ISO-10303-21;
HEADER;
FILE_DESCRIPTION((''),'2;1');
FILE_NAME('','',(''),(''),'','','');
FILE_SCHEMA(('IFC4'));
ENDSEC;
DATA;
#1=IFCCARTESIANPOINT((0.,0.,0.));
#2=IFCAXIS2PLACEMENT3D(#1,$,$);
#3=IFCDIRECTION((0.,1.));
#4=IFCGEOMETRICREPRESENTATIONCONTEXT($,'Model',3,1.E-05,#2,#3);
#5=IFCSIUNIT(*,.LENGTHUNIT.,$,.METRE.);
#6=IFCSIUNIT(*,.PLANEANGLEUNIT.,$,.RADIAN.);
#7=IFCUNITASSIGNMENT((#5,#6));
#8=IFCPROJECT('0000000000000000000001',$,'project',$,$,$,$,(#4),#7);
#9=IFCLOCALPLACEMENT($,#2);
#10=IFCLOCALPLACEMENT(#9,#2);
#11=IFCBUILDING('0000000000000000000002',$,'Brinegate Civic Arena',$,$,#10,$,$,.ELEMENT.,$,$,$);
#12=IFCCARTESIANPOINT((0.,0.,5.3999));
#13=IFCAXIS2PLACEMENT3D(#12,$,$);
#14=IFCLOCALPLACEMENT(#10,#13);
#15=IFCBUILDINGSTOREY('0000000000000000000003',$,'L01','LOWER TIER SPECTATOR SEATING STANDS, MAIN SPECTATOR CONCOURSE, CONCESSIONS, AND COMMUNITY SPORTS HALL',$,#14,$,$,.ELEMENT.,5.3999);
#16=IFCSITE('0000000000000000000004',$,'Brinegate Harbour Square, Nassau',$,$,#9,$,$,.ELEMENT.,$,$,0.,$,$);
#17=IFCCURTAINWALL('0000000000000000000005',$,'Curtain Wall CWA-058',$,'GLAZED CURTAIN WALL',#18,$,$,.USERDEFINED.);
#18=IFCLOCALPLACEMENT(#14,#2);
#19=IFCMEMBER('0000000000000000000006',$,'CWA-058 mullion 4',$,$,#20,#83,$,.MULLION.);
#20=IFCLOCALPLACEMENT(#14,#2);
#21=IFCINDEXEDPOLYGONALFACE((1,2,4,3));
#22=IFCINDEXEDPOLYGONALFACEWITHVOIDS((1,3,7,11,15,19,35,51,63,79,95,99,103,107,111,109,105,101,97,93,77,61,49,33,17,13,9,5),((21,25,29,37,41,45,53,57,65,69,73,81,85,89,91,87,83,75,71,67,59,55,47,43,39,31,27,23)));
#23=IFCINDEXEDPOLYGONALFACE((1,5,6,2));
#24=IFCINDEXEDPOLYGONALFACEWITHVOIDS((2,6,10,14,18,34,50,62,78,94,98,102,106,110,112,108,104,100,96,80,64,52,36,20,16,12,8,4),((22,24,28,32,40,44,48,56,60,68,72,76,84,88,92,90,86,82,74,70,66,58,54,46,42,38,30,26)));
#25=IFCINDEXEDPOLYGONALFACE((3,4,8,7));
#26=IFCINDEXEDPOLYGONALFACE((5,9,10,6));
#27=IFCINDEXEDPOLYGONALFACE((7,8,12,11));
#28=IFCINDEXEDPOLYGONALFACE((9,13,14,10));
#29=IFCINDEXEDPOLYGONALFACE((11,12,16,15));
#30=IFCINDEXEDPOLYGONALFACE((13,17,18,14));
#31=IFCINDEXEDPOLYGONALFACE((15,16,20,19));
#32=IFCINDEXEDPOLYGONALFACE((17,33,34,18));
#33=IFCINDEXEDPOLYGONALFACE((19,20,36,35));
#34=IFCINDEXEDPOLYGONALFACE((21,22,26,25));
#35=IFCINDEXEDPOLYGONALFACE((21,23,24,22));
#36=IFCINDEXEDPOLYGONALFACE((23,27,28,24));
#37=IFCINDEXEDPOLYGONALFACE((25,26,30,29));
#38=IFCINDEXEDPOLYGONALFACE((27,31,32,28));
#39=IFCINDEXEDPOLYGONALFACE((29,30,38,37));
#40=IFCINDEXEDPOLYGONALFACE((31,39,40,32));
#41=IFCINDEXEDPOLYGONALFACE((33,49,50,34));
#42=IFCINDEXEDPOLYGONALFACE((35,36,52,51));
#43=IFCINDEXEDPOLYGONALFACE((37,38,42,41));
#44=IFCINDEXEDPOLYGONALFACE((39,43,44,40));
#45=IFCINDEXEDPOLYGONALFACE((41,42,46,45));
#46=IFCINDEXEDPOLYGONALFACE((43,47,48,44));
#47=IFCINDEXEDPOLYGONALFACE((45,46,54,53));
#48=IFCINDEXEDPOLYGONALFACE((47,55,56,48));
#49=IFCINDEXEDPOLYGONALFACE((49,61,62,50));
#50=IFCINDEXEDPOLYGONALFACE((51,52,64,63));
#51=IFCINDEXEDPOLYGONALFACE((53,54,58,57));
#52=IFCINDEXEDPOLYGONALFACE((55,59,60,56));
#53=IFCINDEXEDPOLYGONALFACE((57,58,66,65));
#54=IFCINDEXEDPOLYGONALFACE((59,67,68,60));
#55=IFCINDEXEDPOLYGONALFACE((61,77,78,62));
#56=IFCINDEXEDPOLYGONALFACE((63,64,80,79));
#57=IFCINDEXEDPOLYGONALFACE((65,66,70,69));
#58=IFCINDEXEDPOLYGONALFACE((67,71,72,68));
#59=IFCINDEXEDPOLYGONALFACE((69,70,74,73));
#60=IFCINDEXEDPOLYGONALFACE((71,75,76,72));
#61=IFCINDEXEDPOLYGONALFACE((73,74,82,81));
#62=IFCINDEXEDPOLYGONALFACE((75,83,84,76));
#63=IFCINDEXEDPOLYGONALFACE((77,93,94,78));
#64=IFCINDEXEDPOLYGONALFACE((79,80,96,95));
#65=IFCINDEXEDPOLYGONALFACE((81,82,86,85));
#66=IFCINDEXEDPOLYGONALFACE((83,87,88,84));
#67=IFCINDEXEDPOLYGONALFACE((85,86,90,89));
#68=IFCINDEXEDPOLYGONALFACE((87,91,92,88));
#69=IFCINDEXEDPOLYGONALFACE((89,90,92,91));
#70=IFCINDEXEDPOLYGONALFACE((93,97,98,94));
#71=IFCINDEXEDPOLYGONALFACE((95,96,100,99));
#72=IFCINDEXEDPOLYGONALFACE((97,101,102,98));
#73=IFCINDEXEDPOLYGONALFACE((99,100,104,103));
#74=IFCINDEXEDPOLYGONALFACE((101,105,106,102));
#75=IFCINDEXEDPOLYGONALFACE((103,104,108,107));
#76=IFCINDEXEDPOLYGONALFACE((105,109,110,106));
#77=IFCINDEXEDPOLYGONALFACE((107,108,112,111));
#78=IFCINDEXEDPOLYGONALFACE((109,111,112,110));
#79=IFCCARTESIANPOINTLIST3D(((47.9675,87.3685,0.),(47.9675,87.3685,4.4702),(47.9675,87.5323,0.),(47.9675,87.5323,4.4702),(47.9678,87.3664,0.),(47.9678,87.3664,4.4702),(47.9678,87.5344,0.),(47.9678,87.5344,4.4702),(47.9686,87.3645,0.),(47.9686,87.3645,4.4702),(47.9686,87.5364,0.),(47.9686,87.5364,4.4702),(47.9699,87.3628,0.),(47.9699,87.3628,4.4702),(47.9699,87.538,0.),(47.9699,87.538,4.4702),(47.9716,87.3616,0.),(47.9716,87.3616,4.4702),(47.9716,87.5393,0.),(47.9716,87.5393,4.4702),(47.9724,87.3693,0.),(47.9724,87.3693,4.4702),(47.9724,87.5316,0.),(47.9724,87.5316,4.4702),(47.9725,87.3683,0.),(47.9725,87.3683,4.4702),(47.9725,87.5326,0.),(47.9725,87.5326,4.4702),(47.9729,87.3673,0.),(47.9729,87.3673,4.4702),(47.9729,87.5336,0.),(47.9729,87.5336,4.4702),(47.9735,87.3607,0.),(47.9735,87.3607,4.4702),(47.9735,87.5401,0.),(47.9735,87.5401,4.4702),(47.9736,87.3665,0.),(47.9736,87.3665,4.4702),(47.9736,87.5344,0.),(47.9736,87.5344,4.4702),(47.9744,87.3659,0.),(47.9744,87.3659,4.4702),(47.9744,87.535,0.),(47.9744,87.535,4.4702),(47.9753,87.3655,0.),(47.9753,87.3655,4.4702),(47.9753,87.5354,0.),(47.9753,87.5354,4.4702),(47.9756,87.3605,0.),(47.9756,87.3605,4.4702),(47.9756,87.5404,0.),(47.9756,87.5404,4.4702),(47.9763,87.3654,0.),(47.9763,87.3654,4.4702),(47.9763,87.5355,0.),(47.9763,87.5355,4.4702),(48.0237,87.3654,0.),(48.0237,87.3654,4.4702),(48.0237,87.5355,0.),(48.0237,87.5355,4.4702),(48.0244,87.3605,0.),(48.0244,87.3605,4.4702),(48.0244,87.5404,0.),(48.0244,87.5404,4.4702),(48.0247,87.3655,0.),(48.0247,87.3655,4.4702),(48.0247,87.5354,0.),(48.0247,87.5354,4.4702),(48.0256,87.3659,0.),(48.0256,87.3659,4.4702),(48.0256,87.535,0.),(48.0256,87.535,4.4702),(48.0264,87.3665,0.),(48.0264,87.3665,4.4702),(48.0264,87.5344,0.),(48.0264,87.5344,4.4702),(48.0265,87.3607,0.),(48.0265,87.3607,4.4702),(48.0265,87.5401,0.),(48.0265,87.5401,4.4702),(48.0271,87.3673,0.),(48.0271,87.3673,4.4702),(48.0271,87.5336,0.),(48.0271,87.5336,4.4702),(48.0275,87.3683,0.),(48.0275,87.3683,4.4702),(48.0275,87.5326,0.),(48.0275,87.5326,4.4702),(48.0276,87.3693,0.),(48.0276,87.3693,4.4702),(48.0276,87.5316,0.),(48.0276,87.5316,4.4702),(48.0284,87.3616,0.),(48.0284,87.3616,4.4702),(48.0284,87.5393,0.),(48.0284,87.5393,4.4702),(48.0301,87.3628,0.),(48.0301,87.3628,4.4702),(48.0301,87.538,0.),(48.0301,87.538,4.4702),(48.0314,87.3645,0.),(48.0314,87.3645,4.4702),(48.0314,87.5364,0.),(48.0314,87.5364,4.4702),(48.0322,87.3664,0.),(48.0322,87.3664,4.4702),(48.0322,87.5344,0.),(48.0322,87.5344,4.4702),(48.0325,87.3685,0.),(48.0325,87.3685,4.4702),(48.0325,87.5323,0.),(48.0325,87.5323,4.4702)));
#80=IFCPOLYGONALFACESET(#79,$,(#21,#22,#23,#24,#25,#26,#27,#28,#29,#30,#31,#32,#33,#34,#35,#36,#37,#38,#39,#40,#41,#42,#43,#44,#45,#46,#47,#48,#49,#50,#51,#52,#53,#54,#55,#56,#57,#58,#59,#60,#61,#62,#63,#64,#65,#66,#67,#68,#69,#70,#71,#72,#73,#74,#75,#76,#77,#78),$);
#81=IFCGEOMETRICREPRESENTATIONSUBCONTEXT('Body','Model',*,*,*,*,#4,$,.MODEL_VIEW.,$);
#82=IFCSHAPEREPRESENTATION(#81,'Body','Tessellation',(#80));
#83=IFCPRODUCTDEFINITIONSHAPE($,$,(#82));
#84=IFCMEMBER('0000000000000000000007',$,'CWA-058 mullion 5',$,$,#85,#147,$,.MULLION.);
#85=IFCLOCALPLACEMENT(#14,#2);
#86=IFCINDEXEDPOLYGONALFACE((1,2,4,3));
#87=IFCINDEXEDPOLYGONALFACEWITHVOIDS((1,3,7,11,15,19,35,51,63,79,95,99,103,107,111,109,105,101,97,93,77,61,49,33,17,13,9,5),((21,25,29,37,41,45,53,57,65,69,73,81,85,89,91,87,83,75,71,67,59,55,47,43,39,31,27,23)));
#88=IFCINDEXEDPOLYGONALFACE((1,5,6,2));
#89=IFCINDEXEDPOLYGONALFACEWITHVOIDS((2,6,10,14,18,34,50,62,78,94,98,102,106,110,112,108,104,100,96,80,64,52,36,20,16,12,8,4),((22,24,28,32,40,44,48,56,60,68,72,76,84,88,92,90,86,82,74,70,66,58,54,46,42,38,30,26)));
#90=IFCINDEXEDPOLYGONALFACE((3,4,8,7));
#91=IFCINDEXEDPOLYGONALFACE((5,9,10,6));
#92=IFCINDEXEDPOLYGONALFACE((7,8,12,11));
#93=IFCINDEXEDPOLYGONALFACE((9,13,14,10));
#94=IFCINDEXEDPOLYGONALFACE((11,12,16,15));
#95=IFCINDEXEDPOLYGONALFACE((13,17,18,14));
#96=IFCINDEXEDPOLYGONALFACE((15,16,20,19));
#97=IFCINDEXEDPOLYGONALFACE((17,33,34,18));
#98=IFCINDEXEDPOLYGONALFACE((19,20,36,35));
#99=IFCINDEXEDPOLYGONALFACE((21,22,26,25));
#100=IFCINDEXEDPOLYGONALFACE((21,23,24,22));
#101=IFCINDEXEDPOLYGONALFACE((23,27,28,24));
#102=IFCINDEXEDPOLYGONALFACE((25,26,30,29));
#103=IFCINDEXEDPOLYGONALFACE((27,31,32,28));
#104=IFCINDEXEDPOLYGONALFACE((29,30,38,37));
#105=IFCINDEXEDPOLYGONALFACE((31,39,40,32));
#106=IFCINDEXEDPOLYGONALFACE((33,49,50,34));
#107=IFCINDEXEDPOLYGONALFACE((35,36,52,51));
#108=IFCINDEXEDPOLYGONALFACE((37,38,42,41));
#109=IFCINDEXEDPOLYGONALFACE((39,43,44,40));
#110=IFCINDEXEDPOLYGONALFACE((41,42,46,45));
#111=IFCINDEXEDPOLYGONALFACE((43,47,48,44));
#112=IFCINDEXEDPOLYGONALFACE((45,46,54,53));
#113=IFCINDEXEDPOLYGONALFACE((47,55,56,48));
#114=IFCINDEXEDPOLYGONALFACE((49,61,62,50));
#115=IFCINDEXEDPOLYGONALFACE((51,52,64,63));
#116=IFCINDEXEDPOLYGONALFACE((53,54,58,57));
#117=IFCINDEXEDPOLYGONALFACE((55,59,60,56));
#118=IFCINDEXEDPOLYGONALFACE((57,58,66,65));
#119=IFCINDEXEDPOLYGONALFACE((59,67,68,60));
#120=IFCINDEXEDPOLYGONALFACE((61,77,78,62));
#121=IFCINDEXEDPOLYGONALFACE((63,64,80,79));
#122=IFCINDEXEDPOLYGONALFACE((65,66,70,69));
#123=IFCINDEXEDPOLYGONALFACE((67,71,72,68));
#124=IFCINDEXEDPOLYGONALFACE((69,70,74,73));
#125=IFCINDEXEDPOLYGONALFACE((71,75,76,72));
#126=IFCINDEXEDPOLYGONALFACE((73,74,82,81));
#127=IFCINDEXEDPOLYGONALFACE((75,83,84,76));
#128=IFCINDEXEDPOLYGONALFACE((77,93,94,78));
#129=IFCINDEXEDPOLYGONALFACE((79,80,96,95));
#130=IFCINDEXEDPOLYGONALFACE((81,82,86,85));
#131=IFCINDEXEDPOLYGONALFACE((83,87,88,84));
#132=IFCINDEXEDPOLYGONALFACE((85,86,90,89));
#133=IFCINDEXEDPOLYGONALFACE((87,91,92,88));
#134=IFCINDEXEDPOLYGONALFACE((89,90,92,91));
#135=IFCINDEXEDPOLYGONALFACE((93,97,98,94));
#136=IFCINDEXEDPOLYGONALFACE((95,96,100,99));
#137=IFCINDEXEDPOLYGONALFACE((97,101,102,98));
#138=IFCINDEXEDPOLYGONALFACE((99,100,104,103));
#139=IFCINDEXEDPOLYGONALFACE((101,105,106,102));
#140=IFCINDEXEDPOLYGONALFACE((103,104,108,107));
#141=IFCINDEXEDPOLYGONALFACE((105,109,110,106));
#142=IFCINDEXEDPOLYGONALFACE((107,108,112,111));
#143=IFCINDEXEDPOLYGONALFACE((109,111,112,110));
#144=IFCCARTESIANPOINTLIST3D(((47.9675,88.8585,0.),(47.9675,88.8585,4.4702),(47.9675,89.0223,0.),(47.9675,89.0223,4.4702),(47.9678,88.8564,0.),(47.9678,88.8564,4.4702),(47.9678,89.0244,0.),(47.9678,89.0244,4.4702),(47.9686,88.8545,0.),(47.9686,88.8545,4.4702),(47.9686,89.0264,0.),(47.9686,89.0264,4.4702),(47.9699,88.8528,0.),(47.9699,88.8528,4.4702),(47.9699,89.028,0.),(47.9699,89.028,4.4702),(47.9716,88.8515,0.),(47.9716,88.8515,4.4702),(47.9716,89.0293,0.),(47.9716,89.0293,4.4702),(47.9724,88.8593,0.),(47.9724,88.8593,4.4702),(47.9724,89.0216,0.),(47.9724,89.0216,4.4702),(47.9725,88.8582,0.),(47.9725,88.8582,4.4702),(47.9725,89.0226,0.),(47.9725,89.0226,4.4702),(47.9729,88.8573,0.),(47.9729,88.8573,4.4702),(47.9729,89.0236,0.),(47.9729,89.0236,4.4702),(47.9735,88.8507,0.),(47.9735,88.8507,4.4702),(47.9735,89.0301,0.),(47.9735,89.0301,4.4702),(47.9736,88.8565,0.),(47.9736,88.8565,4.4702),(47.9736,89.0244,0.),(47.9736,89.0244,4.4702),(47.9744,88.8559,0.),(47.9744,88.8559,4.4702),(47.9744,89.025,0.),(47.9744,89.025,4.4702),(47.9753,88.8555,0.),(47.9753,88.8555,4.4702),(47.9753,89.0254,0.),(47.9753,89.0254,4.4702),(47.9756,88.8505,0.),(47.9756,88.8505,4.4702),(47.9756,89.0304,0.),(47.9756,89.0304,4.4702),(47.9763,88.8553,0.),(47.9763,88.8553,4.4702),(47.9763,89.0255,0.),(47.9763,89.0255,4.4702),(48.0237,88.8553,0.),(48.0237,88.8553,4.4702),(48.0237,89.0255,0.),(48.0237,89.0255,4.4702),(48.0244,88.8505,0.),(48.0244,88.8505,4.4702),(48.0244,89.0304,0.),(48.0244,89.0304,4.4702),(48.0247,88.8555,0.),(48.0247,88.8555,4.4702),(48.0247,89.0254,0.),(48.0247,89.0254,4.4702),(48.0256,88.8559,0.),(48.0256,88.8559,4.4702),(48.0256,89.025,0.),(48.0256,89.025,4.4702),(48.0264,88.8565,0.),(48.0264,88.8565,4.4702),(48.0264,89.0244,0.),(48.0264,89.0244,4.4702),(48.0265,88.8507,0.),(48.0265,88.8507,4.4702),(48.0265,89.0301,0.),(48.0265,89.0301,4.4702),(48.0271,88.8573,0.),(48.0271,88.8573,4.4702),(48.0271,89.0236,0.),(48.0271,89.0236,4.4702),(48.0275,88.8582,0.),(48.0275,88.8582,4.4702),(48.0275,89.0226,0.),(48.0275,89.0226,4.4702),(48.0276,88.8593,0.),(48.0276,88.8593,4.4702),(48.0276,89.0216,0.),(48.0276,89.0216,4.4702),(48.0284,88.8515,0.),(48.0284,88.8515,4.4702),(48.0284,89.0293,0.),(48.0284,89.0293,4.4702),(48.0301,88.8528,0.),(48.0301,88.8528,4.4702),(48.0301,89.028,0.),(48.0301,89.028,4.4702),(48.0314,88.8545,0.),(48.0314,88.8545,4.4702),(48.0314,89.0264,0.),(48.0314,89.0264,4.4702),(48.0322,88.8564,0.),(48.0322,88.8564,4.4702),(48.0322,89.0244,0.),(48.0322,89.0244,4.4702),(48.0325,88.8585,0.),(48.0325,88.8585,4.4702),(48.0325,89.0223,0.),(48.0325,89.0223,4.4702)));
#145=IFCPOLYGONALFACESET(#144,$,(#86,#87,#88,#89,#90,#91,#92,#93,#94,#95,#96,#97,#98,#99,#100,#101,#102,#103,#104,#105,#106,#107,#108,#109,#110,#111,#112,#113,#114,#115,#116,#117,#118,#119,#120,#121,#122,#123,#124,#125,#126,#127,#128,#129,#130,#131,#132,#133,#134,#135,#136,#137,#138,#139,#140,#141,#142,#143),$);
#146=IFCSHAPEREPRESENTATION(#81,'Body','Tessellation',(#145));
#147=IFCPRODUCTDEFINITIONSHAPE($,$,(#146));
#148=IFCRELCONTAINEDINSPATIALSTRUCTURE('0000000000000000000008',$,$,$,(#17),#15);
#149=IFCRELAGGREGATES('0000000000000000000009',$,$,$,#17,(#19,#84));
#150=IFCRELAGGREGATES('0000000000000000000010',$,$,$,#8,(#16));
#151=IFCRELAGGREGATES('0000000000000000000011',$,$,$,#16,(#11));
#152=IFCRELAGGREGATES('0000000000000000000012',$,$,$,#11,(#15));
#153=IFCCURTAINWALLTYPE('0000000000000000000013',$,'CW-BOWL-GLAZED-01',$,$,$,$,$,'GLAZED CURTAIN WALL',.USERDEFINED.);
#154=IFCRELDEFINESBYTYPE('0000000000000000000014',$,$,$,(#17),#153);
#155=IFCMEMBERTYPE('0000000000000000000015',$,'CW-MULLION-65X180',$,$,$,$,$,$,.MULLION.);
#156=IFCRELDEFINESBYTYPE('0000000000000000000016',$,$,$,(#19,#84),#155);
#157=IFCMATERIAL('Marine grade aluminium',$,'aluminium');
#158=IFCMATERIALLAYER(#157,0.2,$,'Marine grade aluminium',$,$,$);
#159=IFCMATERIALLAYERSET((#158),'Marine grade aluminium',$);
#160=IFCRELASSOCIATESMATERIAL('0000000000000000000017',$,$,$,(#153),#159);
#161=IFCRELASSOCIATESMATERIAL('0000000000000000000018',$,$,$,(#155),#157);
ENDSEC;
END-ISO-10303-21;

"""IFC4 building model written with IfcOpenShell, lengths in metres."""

from ifc_helpers import new_model, si_unit, direction, frame, origin, origin_2d, place, context, subcontext, project, spatial, hollow_rectangle, extrude, material, layer, layer_set, material_profile, profile_set, type_object, element, aggregate, save


model = new_model("IFC4")

# Units and contexts
model_context = context("Model", 3, precision=1e-05, world=origin(), true_north=direction((0.0, 1.0)))
body_context = subcontext(model_context, "Body", "Model", "MODEL_VIEW")
ifc_project = project(units=[si_unit("LENGTHUNIT", "METRE"), si_unit("PLANEANGLEUNIT", "RADIAN")], contexts=[model_context])

# Site, building, storey
site_placement = place(None, origin())
site = spatial("IfcSite", under=ifc_project, at=site_placement, Name="Brinegate Harbour Square, Nassau", CompositionType="ELEMENT", RefElevation=0.0)
building_placement = place(site_placement, origin())
building = spatial("IfcBuilding", under=site, at=building_placement, Name="Brinegate Civic Arena", CompositionType="ELEMENT")
storey_placement = place(building_placement, frame((0.0, 0.0, 5.3999)))
storey = spatial("IfcBuildingStorey", under=building, at=storey_placement, Name="L01", Description="LOWER TIER SPECTATOR SEATING STANDS, MAIN SPECTATOR CONCOURSE, CONCESSIONS, AND COMMUNITY SPORTS HALL", CompositionType="ELEMENT", Elevation=5.3999)

# Curtain wall, members
ifc_material_1 = material(Name="Marine grade aluminium", Category="aluminium")
ifc_layer_1 = layer(ifc_material_1, 0.2, Name="Marine grade aluminium")
ifc_layer_set_1 = layer_set([ifc_layer_1], Name="Marine grade aluminium")
curtain_wall_type = type_object("IfcCurtainWallType", Name="CW-BOWL-GLAZED-01", ElementType="GLAZED CURTAIN WALL", PredefinedType="USERDEFINED", material=ifc_layer_set_1)
curtain_wall_placement = place(storey_placement, origin())
curtain_wall = element("IfcCurtainWall", 1, at=curtain_wall_placement, inside=storey, type_object=curtain_wall_type, Name="Curtain Wall CWA-058", ObjectType="GLAZED CURTAIN WALL", PredefinedType="USERDEFINED")
ifc_material_profile_1 = material_profile(ifc_material_1, hollow_rectangle(XDim=0.0649, YDim=0.1799, WallThickness=0.0049, InnerFilletRadius=0.0039, OuterFilletRadius=0.0081, at=origin_2d()), Name="MUL65X180")
ifc_profile_set_1 = profile_set([ifc_material_profile_1], Name="Marine grade aluminium")
member_type_1 = type_object("IfcMemberType", Name="CW-MULLION-65X180", PredefinedType="MULLION", material=ifc_profile_set_1)
member_1_placement = place(storey_placement, frame((48.0, 87.4504, 0.0), z_axis=(0.0, 0.0, 1.0), x_axis=(-1.0, 0.0, 0.0)))
member_1 = element("IfcMember", 2, at=member_1_placement, type_object=member_type_1, Name="CWA-058 mullion 4", PredefinedType="MULLION", context=body_context, shape_type="SweptSolid", body=[
    extrude(hollow_rectangle(XDim=0.0649, YDim=0.1799, WallThickness=0.0049, InnerFilletRadius=0.0039, OuterFilletRadius=0.0081, at=origin_2d()), origin(), (0.0, 0.0, 1.0), 4.4702),
])
member_2_placement = place(storey_placement, frame((48.0, 88.9404, 0.0), z_axis=(0.0, 0.0, 1.0), x_axis=(-1.0, 0.0, 0.0)))
member_2 = element("IfcMember", 3, at=member_2_placement, type_object=member_type_1, Name="CWA-058 mullion 5", PredefinedType="MULLION", context=body_context, shape_type="SweptSolid", body=[
    extrude(hollow_rectangle(XDim=0.0649, YDim=0.1799, WallThickness=0.0049, InnerFilletRadius=0.0039, OuterFilletRadius=0.0081, at=origin_2d()), origin(), (0.0, 0.0, 1.0), 4.4702),
])
aggregate(curtain_wall, [member_1, member_2])

save(model, "model.ifc")
